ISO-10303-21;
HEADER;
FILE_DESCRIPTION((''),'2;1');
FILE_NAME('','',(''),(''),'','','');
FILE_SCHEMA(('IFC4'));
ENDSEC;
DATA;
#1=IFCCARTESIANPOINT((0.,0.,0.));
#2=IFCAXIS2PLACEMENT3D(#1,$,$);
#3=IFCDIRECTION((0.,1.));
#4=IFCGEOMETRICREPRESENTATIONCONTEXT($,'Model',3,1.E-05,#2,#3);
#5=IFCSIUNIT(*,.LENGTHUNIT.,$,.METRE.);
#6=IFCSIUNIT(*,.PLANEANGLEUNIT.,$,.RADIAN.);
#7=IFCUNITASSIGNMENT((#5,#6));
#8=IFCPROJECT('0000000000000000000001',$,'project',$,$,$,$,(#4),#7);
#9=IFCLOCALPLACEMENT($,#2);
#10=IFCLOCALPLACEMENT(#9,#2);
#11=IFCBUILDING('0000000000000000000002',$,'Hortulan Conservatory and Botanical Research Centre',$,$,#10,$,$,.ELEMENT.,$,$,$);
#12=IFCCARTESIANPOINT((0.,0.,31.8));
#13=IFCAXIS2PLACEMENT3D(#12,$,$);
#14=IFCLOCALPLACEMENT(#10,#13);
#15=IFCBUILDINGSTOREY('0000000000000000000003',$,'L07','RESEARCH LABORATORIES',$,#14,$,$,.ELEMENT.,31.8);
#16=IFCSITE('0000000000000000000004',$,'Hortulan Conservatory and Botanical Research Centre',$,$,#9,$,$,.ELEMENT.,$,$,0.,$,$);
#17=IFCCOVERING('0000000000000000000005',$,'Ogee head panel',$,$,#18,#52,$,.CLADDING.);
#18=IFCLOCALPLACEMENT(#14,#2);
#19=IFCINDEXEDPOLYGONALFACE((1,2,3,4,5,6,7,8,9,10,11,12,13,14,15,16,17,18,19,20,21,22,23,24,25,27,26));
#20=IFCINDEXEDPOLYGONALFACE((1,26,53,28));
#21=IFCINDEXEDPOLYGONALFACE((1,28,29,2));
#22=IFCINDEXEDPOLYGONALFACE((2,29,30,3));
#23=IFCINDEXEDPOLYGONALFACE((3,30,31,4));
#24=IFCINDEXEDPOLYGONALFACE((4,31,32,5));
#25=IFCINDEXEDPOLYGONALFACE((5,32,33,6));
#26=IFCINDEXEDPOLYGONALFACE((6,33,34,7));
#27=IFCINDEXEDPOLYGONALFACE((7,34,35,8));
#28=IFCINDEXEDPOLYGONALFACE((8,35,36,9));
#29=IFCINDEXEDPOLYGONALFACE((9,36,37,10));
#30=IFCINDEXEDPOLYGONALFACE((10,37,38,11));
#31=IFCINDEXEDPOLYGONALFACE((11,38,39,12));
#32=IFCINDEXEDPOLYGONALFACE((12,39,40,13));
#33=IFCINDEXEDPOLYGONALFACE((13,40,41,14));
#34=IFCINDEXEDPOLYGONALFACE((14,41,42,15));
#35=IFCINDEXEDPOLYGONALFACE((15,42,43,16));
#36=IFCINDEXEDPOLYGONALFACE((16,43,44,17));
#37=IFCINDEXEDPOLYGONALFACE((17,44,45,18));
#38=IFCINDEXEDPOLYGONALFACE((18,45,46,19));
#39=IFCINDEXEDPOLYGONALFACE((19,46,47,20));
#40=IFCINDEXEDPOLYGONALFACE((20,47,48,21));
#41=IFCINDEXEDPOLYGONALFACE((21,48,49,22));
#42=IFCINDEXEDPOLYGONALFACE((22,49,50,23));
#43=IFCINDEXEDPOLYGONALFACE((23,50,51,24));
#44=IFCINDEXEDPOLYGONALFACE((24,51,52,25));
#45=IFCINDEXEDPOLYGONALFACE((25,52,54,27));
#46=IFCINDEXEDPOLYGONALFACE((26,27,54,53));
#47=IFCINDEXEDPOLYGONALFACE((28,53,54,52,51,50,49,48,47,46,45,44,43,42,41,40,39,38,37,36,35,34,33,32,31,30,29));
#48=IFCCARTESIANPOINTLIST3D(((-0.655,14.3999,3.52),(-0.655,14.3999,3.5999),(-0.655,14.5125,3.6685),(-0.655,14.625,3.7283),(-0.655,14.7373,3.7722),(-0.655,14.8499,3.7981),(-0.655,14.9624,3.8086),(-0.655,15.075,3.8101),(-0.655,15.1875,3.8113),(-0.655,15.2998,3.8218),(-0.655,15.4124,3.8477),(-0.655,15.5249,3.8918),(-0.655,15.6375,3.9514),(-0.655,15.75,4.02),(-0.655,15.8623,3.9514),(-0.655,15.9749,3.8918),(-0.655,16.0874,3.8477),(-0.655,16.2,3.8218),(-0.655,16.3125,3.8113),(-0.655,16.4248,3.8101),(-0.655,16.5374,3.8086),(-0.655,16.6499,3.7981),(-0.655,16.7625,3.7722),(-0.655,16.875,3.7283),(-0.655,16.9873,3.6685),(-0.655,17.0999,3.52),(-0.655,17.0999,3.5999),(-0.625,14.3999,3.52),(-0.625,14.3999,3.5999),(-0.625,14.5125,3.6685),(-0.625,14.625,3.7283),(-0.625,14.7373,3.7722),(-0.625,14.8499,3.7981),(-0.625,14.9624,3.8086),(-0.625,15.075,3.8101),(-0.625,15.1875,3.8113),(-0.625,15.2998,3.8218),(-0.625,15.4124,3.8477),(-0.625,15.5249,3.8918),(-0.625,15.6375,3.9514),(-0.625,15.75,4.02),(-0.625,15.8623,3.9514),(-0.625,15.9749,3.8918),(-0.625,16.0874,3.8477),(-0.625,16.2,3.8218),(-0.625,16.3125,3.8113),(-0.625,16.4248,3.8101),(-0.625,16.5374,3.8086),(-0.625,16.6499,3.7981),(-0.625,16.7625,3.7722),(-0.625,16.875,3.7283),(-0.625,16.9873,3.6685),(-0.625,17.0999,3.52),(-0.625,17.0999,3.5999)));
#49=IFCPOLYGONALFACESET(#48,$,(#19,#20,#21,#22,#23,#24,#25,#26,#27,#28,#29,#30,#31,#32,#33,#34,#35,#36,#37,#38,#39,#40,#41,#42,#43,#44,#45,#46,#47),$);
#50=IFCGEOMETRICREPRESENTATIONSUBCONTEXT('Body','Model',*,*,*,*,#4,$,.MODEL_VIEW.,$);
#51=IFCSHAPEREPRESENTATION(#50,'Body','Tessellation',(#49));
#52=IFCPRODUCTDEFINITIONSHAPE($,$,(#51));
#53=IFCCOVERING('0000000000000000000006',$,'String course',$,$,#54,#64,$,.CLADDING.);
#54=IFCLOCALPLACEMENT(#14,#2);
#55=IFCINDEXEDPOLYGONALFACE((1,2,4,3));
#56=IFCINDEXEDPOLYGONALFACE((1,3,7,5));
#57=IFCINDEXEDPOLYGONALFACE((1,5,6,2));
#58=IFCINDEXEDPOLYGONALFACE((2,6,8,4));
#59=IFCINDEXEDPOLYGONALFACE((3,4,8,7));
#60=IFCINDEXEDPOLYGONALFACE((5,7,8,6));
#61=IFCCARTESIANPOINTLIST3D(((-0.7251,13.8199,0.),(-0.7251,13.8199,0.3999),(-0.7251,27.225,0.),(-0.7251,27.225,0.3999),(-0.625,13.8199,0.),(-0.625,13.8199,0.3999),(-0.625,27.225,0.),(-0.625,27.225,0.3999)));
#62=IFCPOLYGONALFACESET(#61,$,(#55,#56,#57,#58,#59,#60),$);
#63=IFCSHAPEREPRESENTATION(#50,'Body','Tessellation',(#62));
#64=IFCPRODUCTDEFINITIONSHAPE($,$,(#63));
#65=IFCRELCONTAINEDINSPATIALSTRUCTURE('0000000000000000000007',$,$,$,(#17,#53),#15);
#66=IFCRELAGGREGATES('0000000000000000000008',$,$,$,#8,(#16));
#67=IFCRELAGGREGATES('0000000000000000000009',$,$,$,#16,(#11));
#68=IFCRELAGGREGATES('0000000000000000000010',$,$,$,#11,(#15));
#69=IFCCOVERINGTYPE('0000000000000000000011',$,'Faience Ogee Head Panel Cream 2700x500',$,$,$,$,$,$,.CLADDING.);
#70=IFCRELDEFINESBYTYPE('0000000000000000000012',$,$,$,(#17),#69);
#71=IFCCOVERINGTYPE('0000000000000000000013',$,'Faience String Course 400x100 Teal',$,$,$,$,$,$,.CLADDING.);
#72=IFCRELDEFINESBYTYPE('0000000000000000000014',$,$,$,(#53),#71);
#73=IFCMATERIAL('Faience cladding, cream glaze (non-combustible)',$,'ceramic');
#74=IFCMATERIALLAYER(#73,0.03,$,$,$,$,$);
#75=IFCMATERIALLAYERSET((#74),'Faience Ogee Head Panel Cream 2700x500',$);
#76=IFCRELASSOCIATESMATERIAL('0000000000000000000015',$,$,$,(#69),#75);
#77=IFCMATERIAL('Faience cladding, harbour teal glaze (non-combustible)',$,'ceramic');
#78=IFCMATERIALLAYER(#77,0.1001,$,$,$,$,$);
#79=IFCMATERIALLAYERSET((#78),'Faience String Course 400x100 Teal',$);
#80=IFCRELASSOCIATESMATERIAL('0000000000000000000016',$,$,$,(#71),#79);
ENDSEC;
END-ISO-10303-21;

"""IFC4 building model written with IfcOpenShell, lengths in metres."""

from ifc_helpers import new_model, si_unit, direction, frame, origin, origin_2d, place, context, subcontext, project, spatial, polyline, rectangle, outline, extrude, material, layer, layer_set, type_object, element, save


model = new_model("IFC4")

# Units and contexts
model_context = context("Model", 3, precision=1e-05, world=origin(), true_north=direction((0.0, 1.0)))
body_context = subcontext(model_context, "Body", "Model", "MODEL_VIEW")
ifc_project = project(units=[si_unit("LENGTHUNIT", "METRE"), si_unit("PLANEANGLEUNIT", "RADIAN")], contexts=[model_context])

# Site, building, storey
site_placement = place(None, origin())
site = spatial("IfcSite", under=ifc_project, at=site_placement, Name="Hortulan Conservatory and Botanical Research Centre", CompositionType="ELEMENT", RefElevation=0.0)
building_placement = place(site_placement, origin())
building = spatial("IfcBuilding", under=site, at=building_placement, Name="Hortulan Conservatory and Botanical Research Centre", CompositionType="ELEMENT")
storey_placement = place(building_placement, frame((0.0, 0.0, 31.8)))
storey = spatial("IfcBuildingStorey", under=building, at=storey_placement, Name="L07", Description="RESEARCH LABORATORIES", CompositionType="ELEMENT", Elevation=31.8)

# Coverings
ifc_material_1 = material(Name="Faience cladding, cream glaze (non-combustible)", Category="ceramic")
ifc_layer_1 = layer(ifc_material_1, 0.03)
ifc_layer_set_1 = layer_set([ifc_layer_1], Name="Faience Ogee Head Panel Cream 2700x500")
covering_type_1 = type_object("IfcCoveringType", Name="Faience Ogee Head Panel Cream 2700x500", PredefinedType="CLADDING", material=ifc_layer_set_1)
covering_1_placement = place(storey_placement, frame((-0.6399, 14.3999, 3.52), z_axis=(0.0, 0.0, 1.0), x_axis=(0.0, 1.0, 0.0)))
element("IfcCovering", 1, at=covering_1_placement, inside=storey, type_object=covering_type_1, Name="Ogee head panel", PredefinedType="CLADDING", context=body_context, shape_type="SweptSolid", body=[
    extrude(outline(polyline([(0.0, 0.0), (2.7, 0.0), (2.7, 0.0798), (2.5874, 0.1484), (2.4751, 0.2083), (2.3625, 0.2522), (2.25, 0.2781), (2.1375, 0.2886), (2.0249, 0.29), (1.9126, 0.2913), (1.8, 0.3018), (1.6875, 0.3276), (1.575, 0.3718), (1.4624, 0.4314), (1.3501, 0.5), (1.2375, 0.4314), (1.125, 0.3718), (1.0125, 0.3276), (0.8999, 0.3018), (0.7876, 0.2913), (0.675, 0.29), (0.5625, 0.2886), (0.45, 0.2781), (0.3374, 0.2522), (0.2251, 0.2083), (0.1125, 0.1484), (0.0, 0.0798), (0.0, 0.0)])), frame((0.0, 0.0151, 0.0), z_axis=(0.0, -1.0, 0.0), x_axis=(1.0, 0.0, 0.0)), (0.0, 0.0, 1.0), 0.03),
])
ifc_material_2 = material(Name="Faience cladding, harbour teal glaze (non-combustible)", Category="ceramic")
ifc_layer_2 = layer(ifc_material_2, 0.1001)
ifc_layer_set_2 = layer_set([ifc_layer_2], Name="Faience String Course 400x100 Teal")
covering_type_2 = type_object("IfcCoveringType", Name="Faience String Course 400x100 Teal", PredefinedType="CLADDING", material=ifc_layer_set_2)
covering_2_placement = place(storey_placement, frame((-0.675, 20.5225, 0.0), z_axis=(0.0, 0.0, 1.0), x_axis=(0.0, 1.0, 0.0)))
element("IfcCovering", 2, at=covering_2_placement, inside=storey, type_object=covering_type_2, Name="String course", PredefinedType="CLADDING", context=body_context, shape_type="SweptSolid", body=[
    extrude(rectangle(XDim=13.405, YDim=0.1001, at=origin_2d()), origin(), (0.0, 0.0, 1.0), 0.3999),
])

save(model, "model.ifc")
